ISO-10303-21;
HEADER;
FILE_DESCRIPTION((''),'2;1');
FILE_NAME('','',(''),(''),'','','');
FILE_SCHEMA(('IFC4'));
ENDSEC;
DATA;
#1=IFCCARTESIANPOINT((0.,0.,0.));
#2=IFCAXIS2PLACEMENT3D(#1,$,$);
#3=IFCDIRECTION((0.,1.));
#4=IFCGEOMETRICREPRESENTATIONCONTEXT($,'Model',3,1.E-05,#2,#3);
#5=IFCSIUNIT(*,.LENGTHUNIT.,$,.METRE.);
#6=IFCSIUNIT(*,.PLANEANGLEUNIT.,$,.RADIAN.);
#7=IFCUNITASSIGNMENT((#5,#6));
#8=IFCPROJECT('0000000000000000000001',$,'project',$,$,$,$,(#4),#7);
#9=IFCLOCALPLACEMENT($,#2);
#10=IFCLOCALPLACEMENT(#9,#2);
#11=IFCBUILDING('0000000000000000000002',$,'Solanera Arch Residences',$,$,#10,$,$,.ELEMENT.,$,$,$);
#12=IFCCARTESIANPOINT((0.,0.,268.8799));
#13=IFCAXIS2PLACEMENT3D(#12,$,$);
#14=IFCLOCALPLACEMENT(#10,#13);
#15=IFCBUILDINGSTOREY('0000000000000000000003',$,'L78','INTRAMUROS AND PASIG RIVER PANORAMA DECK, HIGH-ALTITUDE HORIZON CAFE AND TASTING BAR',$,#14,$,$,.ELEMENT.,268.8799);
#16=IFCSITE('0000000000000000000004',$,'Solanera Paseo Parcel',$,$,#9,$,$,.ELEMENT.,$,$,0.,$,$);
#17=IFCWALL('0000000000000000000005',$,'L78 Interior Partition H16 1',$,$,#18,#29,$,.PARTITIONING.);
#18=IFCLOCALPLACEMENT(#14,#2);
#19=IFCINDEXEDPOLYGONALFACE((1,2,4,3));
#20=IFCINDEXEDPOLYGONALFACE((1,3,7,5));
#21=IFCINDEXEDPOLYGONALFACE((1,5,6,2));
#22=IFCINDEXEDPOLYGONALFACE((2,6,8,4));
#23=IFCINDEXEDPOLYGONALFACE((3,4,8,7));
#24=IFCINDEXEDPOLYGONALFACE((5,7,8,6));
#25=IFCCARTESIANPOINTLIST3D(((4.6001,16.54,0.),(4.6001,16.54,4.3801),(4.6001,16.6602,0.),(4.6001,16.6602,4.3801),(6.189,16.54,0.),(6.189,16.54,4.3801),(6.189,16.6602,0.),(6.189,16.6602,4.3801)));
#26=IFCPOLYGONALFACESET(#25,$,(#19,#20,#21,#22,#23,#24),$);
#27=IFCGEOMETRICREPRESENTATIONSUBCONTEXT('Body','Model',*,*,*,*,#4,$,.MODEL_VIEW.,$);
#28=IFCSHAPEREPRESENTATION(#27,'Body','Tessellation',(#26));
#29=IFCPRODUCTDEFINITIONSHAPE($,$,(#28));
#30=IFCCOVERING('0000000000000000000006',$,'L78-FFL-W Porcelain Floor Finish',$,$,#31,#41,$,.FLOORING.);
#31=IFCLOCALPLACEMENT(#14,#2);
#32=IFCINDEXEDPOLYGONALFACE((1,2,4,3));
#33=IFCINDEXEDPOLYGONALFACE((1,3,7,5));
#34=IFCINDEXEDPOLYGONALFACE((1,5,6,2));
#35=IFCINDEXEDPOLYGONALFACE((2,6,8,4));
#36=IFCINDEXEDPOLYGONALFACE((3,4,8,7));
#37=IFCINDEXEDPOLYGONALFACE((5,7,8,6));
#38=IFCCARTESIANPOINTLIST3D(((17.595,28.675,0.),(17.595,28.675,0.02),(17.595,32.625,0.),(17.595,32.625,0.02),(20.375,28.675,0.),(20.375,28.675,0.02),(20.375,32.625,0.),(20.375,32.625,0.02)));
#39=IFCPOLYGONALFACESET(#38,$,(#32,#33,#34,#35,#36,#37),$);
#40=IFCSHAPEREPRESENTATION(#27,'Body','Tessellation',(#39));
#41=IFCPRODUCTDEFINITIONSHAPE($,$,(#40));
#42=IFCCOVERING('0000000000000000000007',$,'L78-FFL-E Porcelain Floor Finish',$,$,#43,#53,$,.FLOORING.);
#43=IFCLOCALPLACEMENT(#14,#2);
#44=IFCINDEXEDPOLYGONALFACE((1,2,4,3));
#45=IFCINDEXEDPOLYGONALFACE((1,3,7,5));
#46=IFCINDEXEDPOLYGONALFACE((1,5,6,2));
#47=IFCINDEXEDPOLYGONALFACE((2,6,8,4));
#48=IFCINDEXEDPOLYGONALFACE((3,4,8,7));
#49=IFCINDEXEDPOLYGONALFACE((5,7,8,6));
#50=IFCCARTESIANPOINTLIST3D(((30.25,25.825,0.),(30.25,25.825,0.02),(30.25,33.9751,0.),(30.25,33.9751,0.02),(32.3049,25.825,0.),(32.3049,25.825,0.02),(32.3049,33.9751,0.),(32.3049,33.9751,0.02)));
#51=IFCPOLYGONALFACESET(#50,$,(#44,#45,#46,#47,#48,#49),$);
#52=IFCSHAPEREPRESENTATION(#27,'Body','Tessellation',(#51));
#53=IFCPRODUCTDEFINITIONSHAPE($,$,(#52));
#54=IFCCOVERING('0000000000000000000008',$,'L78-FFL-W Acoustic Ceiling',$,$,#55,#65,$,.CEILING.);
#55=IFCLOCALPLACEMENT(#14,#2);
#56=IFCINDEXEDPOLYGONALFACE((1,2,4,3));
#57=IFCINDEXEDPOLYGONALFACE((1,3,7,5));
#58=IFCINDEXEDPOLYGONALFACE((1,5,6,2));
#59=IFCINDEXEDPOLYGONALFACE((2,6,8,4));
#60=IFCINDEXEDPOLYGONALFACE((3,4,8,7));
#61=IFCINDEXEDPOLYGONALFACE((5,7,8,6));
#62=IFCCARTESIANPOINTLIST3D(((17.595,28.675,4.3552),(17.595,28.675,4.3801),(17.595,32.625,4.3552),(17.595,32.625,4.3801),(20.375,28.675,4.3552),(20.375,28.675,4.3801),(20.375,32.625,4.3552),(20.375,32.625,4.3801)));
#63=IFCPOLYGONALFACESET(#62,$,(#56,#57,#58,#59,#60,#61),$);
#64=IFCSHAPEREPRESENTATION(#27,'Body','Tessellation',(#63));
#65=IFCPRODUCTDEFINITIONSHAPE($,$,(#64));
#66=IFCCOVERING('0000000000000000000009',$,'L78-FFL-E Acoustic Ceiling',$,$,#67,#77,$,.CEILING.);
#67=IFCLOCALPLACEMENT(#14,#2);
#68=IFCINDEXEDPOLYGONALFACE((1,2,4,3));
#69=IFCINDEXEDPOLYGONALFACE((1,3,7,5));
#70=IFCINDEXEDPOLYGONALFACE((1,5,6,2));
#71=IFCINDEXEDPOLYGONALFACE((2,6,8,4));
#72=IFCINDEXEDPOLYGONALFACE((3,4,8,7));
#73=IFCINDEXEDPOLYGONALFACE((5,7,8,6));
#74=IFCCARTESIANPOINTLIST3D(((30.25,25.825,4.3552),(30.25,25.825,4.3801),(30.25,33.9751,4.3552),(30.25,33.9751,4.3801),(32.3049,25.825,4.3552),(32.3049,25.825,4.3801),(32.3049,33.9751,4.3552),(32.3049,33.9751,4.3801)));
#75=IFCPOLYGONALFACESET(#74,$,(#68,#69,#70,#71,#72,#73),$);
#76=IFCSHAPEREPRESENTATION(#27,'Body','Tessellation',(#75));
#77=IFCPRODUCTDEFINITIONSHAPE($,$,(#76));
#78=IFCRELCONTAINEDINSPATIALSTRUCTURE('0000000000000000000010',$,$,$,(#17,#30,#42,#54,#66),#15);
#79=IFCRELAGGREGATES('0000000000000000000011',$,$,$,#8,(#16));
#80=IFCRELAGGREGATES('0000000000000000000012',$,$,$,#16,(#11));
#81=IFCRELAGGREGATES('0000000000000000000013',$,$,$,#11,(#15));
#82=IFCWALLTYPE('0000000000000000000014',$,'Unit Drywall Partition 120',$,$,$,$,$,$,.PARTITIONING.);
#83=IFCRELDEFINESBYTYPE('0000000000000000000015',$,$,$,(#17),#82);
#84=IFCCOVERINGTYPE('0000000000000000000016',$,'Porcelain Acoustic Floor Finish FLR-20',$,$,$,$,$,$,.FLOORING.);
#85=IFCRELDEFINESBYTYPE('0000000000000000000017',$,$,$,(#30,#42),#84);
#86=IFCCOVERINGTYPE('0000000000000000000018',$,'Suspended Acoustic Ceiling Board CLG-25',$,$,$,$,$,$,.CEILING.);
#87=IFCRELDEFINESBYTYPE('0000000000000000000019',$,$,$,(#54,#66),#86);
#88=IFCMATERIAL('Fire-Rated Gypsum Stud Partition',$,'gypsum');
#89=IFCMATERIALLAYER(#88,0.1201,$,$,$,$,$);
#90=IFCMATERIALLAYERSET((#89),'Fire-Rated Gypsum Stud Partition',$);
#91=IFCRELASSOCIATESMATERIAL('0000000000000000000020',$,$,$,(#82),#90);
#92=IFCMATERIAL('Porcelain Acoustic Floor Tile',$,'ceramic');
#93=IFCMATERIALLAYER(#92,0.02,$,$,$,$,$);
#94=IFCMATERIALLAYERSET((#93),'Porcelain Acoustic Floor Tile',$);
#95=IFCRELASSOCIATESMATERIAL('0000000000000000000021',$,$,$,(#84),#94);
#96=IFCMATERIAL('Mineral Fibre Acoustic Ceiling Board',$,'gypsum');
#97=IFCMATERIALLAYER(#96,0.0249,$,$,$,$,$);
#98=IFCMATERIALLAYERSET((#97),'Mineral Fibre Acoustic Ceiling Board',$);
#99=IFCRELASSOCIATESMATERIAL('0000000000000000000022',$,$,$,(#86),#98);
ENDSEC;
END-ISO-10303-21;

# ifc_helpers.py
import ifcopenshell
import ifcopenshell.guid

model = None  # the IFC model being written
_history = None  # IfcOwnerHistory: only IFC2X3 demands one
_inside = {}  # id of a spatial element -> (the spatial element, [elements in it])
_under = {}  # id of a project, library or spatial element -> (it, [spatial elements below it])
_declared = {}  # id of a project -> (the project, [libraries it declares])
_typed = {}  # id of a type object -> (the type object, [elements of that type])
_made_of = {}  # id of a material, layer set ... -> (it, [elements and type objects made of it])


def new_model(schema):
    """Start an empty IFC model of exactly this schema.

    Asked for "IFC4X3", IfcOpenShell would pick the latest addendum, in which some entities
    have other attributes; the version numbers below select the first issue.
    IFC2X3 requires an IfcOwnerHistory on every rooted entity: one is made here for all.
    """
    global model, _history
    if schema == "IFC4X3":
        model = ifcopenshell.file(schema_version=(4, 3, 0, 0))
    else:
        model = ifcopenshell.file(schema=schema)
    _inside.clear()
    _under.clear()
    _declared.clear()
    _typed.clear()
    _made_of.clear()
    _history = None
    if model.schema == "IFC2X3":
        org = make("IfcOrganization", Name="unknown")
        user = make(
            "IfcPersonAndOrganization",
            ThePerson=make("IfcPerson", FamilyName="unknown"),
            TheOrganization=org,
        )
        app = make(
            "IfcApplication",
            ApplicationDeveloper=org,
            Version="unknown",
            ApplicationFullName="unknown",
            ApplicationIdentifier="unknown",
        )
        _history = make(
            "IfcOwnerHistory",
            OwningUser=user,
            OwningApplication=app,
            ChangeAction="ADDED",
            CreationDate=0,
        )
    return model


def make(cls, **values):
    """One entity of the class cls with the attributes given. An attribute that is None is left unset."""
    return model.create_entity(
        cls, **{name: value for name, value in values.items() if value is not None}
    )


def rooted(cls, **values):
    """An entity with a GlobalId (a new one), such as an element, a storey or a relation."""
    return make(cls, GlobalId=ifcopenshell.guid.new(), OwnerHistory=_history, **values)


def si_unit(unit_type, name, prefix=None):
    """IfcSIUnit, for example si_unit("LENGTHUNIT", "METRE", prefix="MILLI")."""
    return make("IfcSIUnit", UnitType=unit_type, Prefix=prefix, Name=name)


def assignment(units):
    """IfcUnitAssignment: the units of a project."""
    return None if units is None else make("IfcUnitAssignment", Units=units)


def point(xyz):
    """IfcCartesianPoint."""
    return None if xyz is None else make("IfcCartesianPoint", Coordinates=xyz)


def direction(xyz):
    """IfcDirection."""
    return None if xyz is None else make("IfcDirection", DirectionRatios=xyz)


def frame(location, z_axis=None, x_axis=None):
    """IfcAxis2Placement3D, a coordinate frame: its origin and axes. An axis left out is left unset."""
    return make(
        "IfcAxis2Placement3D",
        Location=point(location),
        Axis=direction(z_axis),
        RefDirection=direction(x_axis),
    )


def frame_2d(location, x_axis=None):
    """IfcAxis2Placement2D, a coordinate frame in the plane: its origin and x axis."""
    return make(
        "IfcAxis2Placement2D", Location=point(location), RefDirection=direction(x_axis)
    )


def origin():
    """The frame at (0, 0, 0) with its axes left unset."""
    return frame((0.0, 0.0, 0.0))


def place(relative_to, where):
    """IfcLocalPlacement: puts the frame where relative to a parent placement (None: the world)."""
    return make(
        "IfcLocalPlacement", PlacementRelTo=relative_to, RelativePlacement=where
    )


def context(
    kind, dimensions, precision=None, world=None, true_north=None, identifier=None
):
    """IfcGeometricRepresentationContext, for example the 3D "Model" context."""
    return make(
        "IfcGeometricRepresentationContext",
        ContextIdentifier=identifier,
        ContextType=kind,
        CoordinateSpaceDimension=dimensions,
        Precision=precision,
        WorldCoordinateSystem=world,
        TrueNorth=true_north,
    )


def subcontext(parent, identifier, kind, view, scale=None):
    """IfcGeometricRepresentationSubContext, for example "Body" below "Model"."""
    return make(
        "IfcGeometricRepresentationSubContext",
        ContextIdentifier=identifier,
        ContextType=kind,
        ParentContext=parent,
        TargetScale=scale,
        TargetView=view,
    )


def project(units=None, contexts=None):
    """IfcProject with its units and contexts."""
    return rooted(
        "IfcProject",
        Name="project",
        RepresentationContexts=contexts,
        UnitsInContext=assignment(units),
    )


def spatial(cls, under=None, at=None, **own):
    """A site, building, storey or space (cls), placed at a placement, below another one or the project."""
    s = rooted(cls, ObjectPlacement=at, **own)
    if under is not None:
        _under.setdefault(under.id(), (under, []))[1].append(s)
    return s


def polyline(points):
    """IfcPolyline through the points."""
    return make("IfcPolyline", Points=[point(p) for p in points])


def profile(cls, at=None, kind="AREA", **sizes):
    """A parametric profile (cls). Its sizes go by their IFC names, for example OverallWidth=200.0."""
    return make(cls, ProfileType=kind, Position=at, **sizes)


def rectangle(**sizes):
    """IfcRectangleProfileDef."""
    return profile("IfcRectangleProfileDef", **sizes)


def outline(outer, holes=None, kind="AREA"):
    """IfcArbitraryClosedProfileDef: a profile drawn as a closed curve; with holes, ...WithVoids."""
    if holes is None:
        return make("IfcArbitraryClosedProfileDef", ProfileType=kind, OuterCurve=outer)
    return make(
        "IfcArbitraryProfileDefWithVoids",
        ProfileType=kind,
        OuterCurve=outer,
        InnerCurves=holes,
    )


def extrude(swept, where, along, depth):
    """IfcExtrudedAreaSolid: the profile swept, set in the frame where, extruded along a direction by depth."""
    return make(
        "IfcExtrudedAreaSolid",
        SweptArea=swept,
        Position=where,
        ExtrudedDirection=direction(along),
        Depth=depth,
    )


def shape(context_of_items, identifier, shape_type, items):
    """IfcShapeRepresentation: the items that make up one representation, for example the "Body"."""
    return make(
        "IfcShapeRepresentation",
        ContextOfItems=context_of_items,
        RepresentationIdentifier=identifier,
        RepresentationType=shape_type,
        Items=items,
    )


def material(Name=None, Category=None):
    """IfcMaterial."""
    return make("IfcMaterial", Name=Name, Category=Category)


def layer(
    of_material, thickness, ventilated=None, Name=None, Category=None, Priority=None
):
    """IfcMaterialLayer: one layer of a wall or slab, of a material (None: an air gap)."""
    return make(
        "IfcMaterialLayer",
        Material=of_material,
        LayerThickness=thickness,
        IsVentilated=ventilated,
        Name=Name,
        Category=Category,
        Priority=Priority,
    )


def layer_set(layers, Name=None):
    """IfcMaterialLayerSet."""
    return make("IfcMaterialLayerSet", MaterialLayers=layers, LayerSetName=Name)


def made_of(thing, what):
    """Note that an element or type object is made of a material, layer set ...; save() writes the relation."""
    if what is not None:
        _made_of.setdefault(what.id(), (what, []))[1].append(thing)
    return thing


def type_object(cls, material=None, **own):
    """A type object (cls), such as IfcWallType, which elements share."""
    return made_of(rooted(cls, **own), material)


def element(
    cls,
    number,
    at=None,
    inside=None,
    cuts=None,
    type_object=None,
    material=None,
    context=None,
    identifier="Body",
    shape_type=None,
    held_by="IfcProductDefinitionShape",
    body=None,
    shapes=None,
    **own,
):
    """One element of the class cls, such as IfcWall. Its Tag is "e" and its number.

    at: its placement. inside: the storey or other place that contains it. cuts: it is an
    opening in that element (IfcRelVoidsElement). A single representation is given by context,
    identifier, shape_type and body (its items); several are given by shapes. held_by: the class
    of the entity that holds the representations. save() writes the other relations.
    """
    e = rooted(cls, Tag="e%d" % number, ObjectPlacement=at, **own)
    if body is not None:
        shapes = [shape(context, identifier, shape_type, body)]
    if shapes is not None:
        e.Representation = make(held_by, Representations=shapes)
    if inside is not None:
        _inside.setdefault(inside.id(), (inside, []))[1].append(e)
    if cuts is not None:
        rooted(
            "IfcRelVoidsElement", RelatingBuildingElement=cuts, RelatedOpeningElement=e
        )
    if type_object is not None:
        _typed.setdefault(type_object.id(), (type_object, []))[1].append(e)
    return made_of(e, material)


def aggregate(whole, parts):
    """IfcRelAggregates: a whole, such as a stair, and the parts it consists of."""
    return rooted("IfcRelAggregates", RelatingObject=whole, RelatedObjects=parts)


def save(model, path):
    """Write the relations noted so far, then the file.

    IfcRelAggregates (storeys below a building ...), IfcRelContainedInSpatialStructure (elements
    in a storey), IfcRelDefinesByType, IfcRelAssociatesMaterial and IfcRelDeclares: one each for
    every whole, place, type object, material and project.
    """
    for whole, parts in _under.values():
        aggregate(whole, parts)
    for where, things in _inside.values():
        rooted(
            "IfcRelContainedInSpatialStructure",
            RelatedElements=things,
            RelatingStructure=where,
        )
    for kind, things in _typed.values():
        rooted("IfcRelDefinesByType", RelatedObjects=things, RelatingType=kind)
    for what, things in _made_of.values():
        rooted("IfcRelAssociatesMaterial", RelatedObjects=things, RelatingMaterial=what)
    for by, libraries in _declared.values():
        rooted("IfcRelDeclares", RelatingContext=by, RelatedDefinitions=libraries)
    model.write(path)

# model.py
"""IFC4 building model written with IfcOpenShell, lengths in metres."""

from ifc_helpers import new_model, si_unit, direction, frame, frame_2d, origin, place, context, subcontext, project, spatial, polyline, rectangle, outline, extrude, material, layer, layer_set, type_object, element, save


model = new_model("IFC4")

# Units and contexts
model_context = context("Model", 3, precision=1e-05, world=origin(), true_north=direction((0.0, 1.0)))
body_context = subcontext(model_context, "Body", "Model", "MODEL_VIEW")
ifc_project = project(units=[si_unit("LENGTHUNIT", "METRE"), si_unit("PLANEANGLEUNIT", "RADIAN")], contexts=[model_context])

# Site, building, storey
site_placement = place(None, origin())
site = spatial("IfcSite", under=ifc_project, at=site_placement, Name="Solanera Paseo Parcel", CompositionType="ELEMENT", RefElevation=0.0)
building_placement = place(site_placement, origin())
building = spatial("IfcBuilding", under=site, at=building_placement, Name="Solanera Arch Residences", CompositionType="ELEMENT")
storey_placement = place(building_placement, frame((0.0, 0.0, 268.8799)))
storey = spatial("IfcBuildingStorey", under=building, at=storey_placement, Name="L78", Description="INTRAMUROS AND PASIG RIVER PANORAMA DECK, HIGH-ALTITUDE HORIZON CAFE AND TASTING BAR", CompositionType="ELEMENT", Elevation=268.8799)

# Wall
ifc_material_1 = material(Name="Fire-Rated Gypsum Stud Partition", Category="gypsum")
ifc_layer_1 = layer(ifc_material_1, 0.1201)
ifc_layer_set_1 = layer_set([ifc_layer_1], Name="Fire-Rated Gypsum Stud Partition")
wall_type_1 = type_object("IfcWallType", Name="Unit Drywall Partition 120", PredefinedType="PARTITIONING", material=ifc_layer_set_1)
wall_1_placement = place(storey_placement, frame((4.6001, 16.6001, 0.0), z_axis=(0.0, 0.0, 1.0), x_axis=(1.0, 0.0, 0.0)))
element("IfcWall", 1, at=wall_1_placement, inside=storey, type_object=wall_type_1, Name="L78 Interior Partition H16 1", PredefinedType="PARTITIONING", context=body_context, shape_type="SweptSolid", body=[
    extrude(rectangle(XDim=1.5889, YDim=0.1201, at=frame_2d((0.7944, 0.0))), origin(), (0.0, 0.0, 1.0), 4.3801),
])

# Coverings
ifc_material_2 = material(Name="Porcelain Acoustic Floor Tile", Category="ceramic")
ifc_layer_2 = layer(ifc_material_2, 0.02)
ifc_layer_set_2 = layer_set([ifc_layer_2], Name="Porcelain Acoustic Floor Tile")
covering_type_1 = type_object("IfcCoveringType", Name="Porcelain Acoustic Floor Finish FLR-20", PredefinedType="FLOORING", material=ifc_layer_set_2)
covering_1_placement = place(storey_placement, origin())
element("IfcCovering", 2, at=covering_1_placement, inside=storey, type_object=covering_type_1, Name="L78-FFL-W Porcelain Floor Finish", PredefinedType="FLOORING", context=body_context, shape_type="SweptSolid", body=[
    extrude(outline(polyline([(20.375, 28.675), (17.595, 28.675), (17.595, 32.625), (20.375, 32.625), (20.375, 28.675)])), origin(), (0.0, 0.0, 1.0), 0.02),
])
covering_2_placement = place(storey_placement, origin())
element("IfcCovering", 3, at=covering_2_placement, inside=storey, type_object=covering_type_1, Name="L78-FFL-E Porcelain Floor Finish", PredefinedType="FLOORING", context=body_context, shape_type="SweptSolid", body=[
    extrude(outline(polyline([(32.3049, 25.825), (30.25, 25.825), (30.25, 33.9751), (32.3049, 33.9751), (32.3049, 25.825)])), origin(), (0.0, 0.0, 1.0), 0.02),
])
ifc_material_3 = material(Name="Mineral Fibre Acoustic Ceiling Board", Category="gypsum")
ifc_layer_3 = layer(ifc_material_3, 0.0249)
ifc_layer_set_3 = layer_set([ifc_layer_3], Name="Mineral Fibre Acoustic Ceiling Board")
covering_type_2 = type_object("IfcCoveringType", Name="Suspended Acoustic Ceiling Board CLG-25", PredefinedType="CEILING", material=ifc_layer_set_3)
covering_3_placement = place(storey_placement, frame((0.0, 0.0, 4.3552)))
element("IfcCovering", 4, at=covering_3_placement, inside=storey, type_object=covering_type_2, Name="L78-FFL-W Acoustic Ceiling", PredefinedType="CEILING", context=body_context, shape_type="SweptSolid", body=[
    extrude(outline(polyline([(20.375, 28.675), (17.595, 28.675), (17.595, 32.625), (20.375, 32.625), (20.375, 28.675)])), origin(), (0.0, 0.0, 1.0), 0.0249),
])
covering_4_placement = place(storey_placement, frame((0.0, 0.0, 4.3552)))
element("IfcCovering", 5, at=covering_4_placement, inside=storey, type_object=covering_type_2, Name="L78-FFL-E Acoustic Ceiling", PredefinedType="CEILING", context=body_context, shape_type="SweptSolid", body=[
    extrude(outline(polyline([(32.3049, 25.825), (30.25, 25.825), (30.25, 33.9751), (32.3049, 33.9751), (32.3049, 25.825)])), origin(), (0.0, 0.0, 1.0), 0.0249),
])

save(model, "model.ifc")
